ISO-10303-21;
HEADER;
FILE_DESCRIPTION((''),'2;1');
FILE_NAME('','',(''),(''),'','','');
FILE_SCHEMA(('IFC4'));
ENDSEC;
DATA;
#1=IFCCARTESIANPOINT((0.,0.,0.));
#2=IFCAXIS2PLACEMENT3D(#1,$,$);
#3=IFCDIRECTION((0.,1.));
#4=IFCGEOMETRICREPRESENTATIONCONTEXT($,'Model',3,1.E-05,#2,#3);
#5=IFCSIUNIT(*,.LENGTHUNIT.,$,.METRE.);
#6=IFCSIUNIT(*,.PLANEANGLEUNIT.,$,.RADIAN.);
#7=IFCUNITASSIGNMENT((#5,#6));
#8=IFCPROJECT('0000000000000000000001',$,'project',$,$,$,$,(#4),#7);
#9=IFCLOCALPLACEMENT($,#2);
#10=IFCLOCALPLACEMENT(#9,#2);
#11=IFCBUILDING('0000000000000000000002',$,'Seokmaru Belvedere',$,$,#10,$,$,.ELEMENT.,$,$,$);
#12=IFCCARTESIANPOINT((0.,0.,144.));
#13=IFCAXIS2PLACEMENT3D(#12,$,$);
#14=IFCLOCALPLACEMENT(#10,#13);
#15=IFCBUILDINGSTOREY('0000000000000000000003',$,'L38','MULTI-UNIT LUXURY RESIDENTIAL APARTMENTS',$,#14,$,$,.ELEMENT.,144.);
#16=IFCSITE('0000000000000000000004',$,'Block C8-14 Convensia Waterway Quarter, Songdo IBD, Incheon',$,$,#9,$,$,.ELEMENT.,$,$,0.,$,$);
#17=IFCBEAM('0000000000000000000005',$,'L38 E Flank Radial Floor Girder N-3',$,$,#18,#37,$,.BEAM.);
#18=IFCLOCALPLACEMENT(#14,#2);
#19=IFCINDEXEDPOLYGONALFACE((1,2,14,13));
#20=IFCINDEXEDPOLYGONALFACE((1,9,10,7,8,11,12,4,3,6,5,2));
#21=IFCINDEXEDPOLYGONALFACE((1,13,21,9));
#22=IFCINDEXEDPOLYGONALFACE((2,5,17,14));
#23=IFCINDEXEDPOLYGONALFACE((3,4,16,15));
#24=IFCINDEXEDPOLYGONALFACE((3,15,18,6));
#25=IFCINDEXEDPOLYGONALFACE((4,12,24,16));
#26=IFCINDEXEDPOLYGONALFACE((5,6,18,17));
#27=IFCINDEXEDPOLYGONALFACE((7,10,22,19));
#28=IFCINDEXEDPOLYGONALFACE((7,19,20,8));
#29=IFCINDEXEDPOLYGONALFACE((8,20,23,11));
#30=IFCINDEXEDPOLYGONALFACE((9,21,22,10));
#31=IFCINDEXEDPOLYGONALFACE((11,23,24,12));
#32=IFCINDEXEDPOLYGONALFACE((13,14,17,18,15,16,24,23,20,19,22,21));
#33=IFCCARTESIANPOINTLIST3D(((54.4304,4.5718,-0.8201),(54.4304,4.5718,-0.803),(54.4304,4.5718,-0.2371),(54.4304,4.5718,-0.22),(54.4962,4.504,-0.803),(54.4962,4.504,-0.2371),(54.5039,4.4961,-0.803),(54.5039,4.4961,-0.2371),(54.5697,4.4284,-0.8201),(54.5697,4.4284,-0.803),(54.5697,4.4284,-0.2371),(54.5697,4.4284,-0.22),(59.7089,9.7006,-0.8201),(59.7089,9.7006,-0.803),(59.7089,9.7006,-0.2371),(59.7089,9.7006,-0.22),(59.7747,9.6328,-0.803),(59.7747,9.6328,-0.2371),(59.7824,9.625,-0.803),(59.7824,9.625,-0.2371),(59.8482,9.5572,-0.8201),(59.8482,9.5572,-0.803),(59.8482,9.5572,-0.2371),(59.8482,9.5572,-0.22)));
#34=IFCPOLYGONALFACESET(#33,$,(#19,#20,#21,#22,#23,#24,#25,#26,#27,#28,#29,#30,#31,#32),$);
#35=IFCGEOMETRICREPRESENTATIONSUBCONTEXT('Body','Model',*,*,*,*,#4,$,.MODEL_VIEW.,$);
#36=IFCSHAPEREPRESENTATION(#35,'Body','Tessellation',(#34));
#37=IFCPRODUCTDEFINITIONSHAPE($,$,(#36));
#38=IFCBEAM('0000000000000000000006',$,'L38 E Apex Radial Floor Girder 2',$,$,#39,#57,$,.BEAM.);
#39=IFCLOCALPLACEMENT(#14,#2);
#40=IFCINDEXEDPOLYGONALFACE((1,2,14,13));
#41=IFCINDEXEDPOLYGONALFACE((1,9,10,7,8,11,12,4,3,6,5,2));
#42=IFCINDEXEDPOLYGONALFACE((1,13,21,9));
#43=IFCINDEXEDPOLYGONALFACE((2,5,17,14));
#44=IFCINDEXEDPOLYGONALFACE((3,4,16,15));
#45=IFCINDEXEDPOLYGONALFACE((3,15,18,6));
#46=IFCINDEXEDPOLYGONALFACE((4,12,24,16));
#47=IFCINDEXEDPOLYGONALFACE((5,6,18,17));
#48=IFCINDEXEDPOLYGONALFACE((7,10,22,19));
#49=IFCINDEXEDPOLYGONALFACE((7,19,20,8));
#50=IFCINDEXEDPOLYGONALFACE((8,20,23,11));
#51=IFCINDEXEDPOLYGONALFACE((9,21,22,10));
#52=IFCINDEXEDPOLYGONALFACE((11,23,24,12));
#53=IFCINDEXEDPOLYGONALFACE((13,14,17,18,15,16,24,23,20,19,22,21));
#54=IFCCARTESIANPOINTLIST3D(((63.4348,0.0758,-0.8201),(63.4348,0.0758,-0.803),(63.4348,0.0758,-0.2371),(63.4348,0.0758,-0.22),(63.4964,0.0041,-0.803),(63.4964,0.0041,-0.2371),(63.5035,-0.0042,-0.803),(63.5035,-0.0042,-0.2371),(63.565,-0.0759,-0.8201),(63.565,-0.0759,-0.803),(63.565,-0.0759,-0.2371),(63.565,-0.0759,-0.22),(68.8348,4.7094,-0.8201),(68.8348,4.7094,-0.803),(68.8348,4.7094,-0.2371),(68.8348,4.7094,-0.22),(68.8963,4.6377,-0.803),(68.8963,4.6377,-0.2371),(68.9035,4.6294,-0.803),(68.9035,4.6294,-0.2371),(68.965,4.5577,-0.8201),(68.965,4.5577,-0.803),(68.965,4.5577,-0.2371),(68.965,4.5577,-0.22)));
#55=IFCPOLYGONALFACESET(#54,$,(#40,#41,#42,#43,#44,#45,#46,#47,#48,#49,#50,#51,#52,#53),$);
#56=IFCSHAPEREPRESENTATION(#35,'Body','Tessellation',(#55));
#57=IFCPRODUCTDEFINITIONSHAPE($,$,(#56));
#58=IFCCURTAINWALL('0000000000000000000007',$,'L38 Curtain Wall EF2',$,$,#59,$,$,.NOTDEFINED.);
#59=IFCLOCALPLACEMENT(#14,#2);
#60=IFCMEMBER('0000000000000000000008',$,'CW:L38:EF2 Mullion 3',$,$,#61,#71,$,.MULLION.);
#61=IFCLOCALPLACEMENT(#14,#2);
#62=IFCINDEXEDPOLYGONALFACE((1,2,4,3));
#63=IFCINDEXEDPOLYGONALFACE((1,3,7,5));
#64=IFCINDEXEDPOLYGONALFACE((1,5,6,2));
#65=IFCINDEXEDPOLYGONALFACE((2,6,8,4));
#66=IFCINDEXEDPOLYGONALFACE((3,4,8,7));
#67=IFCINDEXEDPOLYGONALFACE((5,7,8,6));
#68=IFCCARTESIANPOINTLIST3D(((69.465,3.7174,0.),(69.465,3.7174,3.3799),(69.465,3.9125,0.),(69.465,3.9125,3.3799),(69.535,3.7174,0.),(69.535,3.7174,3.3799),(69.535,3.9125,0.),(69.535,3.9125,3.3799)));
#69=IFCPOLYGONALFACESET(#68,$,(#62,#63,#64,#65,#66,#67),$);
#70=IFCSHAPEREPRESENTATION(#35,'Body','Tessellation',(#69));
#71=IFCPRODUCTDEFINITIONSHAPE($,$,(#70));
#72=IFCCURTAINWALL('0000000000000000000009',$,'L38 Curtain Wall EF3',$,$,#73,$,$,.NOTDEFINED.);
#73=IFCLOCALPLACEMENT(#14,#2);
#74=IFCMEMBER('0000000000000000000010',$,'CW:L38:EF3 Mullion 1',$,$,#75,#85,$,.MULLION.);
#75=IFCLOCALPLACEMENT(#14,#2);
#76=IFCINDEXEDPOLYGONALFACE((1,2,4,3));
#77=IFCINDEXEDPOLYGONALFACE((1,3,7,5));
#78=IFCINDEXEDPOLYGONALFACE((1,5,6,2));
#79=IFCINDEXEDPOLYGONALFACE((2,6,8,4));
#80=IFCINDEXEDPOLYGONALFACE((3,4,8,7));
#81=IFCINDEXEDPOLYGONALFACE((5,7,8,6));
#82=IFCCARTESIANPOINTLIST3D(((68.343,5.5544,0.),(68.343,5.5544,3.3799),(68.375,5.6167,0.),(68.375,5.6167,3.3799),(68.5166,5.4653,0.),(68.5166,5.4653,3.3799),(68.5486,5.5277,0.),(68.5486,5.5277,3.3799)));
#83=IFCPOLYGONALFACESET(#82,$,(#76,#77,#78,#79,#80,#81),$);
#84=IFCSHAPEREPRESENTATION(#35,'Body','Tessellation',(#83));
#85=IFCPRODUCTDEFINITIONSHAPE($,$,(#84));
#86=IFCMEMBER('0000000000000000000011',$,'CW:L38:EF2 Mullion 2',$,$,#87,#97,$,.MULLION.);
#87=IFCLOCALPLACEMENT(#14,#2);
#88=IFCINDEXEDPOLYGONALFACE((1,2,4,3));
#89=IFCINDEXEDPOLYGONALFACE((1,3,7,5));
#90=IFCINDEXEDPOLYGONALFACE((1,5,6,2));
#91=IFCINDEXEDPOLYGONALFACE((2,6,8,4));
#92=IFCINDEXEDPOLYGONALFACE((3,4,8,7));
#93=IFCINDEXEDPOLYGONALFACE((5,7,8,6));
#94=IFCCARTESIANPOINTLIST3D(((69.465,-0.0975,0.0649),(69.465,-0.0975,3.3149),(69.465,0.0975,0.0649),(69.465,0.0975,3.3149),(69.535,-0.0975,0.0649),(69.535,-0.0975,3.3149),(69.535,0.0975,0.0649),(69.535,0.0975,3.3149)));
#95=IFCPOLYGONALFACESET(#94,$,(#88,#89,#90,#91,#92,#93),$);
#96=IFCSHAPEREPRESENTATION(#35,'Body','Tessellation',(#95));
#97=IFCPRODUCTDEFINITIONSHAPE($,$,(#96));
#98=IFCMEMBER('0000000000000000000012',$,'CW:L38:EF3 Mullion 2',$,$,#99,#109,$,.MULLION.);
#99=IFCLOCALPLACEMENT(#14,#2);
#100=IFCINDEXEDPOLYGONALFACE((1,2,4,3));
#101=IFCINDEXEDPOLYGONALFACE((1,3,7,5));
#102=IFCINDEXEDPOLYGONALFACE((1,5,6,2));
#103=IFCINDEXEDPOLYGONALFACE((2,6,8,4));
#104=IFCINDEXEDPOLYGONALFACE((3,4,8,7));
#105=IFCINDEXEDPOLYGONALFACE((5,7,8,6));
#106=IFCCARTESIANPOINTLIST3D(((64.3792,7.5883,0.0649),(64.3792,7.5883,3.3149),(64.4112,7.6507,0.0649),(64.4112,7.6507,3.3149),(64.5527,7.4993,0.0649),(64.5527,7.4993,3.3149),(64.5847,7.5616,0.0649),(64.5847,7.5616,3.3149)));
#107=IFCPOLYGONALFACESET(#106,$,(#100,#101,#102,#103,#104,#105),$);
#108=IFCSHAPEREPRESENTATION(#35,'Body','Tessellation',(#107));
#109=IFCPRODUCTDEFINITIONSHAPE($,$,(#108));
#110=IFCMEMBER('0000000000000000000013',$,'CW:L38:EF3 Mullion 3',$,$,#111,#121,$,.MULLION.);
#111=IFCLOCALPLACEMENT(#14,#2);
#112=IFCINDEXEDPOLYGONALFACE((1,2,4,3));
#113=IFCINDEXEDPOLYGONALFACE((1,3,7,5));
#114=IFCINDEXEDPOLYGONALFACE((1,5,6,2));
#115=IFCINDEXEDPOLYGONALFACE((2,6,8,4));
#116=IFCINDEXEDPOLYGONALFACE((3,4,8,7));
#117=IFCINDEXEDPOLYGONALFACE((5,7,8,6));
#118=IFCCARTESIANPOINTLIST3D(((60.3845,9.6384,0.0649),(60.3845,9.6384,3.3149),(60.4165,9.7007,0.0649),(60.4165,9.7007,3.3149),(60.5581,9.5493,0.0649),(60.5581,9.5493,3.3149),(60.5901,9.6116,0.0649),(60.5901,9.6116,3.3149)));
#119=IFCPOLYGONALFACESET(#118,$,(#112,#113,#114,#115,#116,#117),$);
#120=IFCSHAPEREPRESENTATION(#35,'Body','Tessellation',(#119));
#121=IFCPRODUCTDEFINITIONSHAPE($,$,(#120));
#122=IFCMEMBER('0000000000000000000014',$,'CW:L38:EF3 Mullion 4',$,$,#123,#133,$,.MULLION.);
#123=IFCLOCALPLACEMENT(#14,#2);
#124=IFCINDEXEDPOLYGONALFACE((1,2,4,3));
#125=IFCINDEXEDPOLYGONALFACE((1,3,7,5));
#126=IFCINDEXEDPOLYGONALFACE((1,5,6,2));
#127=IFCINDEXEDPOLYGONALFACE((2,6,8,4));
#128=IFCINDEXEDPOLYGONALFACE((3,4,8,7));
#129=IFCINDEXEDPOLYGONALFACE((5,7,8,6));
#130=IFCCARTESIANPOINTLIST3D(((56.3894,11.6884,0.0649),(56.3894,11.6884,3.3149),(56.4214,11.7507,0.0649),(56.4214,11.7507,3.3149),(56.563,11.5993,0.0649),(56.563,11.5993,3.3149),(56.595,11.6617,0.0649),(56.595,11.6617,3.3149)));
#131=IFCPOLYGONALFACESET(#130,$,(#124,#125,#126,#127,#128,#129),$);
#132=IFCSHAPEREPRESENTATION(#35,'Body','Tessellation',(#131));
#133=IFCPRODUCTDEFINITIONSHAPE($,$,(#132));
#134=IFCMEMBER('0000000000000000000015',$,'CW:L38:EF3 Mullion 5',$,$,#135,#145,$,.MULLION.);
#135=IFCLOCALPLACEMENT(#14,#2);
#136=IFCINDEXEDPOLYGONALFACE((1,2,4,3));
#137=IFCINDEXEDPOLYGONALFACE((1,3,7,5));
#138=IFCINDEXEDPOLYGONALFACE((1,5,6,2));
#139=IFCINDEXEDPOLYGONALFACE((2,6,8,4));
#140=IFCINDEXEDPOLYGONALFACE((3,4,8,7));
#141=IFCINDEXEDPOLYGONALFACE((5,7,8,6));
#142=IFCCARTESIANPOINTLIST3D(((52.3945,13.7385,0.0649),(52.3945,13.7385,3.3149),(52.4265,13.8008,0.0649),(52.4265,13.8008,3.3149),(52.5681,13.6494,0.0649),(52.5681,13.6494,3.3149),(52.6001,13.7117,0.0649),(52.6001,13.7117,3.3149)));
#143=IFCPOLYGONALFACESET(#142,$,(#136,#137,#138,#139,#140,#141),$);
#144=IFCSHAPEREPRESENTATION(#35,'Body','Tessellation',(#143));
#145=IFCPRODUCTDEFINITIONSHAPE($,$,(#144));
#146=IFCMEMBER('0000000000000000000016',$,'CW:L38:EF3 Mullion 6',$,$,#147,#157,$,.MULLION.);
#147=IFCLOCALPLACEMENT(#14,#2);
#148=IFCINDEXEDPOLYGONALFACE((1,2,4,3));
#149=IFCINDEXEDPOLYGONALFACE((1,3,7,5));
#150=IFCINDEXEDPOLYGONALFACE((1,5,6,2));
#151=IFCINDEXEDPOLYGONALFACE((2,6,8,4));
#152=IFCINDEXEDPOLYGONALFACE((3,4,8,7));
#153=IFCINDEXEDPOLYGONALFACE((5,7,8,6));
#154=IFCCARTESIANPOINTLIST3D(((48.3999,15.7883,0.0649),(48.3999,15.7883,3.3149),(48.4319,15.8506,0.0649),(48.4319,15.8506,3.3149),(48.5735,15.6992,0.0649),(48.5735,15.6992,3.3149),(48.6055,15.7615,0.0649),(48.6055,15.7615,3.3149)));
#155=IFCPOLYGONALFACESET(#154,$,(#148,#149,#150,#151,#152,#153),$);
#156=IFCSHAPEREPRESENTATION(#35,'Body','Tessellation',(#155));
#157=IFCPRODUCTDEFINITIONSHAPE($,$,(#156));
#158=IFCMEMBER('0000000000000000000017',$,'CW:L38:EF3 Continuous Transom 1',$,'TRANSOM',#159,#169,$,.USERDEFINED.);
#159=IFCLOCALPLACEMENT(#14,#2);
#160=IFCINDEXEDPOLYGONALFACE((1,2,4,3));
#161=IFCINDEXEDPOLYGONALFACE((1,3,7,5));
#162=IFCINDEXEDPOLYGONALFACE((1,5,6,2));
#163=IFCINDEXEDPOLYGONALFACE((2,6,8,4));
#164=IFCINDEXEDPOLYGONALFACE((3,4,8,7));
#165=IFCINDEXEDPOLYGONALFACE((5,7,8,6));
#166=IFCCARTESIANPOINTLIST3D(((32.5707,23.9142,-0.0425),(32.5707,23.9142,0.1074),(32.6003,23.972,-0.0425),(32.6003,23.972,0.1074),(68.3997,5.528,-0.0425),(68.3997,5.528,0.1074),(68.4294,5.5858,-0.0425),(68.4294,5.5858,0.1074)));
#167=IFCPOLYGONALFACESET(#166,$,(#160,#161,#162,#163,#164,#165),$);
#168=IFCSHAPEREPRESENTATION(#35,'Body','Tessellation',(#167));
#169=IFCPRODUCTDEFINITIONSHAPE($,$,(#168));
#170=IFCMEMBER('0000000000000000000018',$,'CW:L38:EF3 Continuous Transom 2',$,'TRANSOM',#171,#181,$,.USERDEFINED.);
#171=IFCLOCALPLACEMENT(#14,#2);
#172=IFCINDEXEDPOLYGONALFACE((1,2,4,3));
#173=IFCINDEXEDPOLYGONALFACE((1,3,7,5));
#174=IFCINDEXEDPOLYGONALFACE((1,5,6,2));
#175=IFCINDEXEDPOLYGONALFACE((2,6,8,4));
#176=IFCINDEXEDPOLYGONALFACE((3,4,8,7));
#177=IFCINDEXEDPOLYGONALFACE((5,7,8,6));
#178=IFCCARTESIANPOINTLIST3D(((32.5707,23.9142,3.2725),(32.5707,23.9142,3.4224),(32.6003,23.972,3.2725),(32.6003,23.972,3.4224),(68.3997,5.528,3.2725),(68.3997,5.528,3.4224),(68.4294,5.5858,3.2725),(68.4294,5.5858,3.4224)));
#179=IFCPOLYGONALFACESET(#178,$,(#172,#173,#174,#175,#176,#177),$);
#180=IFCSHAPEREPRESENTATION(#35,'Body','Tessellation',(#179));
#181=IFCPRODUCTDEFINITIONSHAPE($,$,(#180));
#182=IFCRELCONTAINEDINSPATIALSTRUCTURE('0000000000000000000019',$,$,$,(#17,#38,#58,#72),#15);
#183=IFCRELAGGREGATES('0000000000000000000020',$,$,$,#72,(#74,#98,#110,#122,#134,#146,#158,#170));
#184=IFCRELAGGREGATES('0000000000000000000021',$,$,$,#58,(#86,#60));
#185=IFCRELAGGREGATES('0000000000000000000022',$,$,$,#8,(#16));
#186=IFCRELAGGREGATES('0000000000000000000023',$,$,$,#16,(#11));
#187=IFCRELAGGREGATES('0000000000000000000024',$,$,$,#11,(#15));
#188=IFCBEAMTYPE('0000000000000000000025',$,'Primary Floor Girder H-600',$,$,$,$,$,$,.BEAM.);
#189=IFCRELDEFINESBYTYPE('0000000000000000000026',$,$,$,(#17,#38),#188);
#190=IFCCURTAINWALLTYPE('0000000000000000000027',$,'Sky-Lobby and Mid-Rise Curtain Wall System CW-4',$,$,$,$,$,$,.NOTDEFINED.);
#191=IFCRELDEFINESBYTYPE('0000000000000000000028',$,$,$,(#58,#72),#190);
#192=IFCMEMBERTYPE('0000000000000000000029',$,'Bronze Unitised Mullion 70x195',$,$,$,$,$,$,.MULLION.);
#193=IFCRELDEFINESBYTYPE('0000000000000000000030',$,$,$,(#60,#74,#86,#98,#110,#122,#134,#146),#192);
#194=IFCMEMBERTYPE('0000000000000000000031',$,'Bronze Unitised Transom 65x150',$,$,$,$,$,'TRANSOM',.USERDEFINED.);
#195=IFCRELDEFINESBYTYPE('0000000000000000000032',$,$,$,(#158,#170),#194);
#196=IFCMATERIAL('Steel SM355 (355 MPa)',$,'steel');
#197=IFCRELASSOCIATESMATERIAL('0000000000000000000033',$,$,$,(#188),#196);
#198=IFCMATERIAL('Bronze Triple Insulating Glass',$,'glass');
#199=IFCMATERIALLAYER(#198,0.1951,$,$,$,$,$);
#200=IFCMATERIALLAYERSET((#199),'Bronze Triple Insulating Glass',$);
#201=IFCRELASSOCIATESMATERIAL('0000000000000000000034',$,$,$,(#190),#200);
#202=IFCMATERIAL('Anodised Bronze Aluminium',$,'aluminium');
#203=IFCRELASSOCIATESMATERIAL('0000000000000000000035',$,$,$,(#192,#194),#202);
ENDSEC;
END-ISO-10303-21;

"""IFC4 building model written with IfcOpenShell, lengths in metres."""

from ifc_helpers import new_model, si_unit, direction, frame, origin, origin_2d, place, context, subcontext, project, spatial, rectangle, i_section, extrude, source, transform, mapped, material, layer, layer_set, material_profile, profile_set, type_object, type_shapes, element, aggregate, save


model = new_model("IFC4")

# Units and contexts
model_context = context("Model", 3, precision=1e-05, world=origin(), true_north=direction((0.0, 1.0)))
body_context = subcontext(model_context, "Body", "Model", "MODEL_VIEW")
ifc_project = project(units=[si_unit("LENGTHUNIT", "METRE"), si_unit("PLANEANGLEUNIT", "RADIAN")], contexts=[model_context])

# Site, building, storey
site_placement = place(None, origin())
site = spatial("IfcSite", under=ifc_project, at=site_placement, Name="Block C8-14 Convensia Waterway Quarter, Songdo IBD, Incheon", CompositionType="ELEMENT", RefElevation=0.0)
building_placement = place(site_placement, origin())
building = spatial("IfcBuilding", under=site, at=building_placement, Name="Seokmaru Belvedere", CompositionType="ELEMENT")
storey_placement = place(building_placement, frame((0.0, 0.0, 144.0)))
storey = spatial("IfcBuildingStorey", under=building, at=storey_placement, Name="L38", Description="MULTI-UNIT LUXURY RESIDENTIAL APARTMENTS", CompositionType="ELEMENT", Elevation=144.0)

# Shared definitions
ifc_material_1 = material(Name="Steel SM355 (355 MPa)", Category="steel")

# Beams
ifc_material_profile_1 = material_profile(ifc_material_1, i_section(OverallWidth=0.2, OverallDepth=0.6001, WebThickness=0.011, FlangeThickness=0.0171, at=origin_2d()), Name="H-600x200x11x17")
ifc_profile_set_1 = profile_set([ifc_material_profile_1], Name="Steel SM355 (355 MPa)")
beam_type_1 = type_object("IfcBeamType", Name="Primary Floor Girder H-600", PredefinedType="BEAM", material=ifc_profile_set_1)
shared_shape_1 = source(origin(), body_context, "Body", "SweptSolid", [
    extrude(i_section(OverallWidth=0.2, OverallDepth=0.6001, WebThickness=0.011, FlangeThickness=0.0171, at=origin_2d()), origin(), (0.0, 0.0, 1.0), 7.3599),
])
beam_1_placement = place(storey_placement, frame((59.7786, 9.6289, -0.52), z_axis=(-0.717201, -0.696867, 0.0), x_axis=(0.696867, -0.717201, 0.0)))
element("IfcBeam", 1, at=beam_1_placement, inside=storey, type_object=beam_type_1, Name="L38 E Flank Radial Floor Girder N-3", PredefinedType="BEAM", context=body_context, shape_type="MappedRepresentation", body=[
    mapped(shared_shape_1, transform((0.0, 0.0, 0.0), scale=1.0)),
])
shared_shape_2 = source(origin(), body_context, "Body", "SweptSolid", [
    extrude(i_section(OverallWidth=0.2, OverallDepth=0.6001, WebThickness=0.011, FlangeThickness=0.0171, at=origin_2d()), origin(), (0.0, 0.0, 1.0), 7.1155),
])
beam_2_placement = place(storey_placement, frame((68.8999, 4.6335, -0.52), z_axis=(-0.758905, -0.651201, 0.0), x_axis=(0.651201, -0.758905, 0.0)))
element("IfcBeam", 2, at=beam_2_placement, inside=storey, type_object=beam_type_1, Name="L38 E Apex Radial Floor Girder 2", PredefinedType="BEAM", context=body_context, shape_type="MappedRepresentation", body=[
    mapped(shared_shape_2, transform((0.0, 0.0, 0.0), scale=1.0)),
])

# Curtain walls, members
ifc_material_2 = material(Name="Bronze Triple Insulating Glass", Category="glass")
ifc_layer_1 = layer(ifc_material_2, 0.1951)
ifc_layer_set_1 = layer_set([ifc_layer_1], Name="Bronze Triple Insulating Glass")
curtain_wall_type = type_object("IfcCurtainWallType", Name="Sky-Lobby and Mid-Rise Curtain Wall System CW-4", PredefinedType="NOTDEFINED", material=ifc_layer_set_1)
curtain_wall_1_placement = place(storey_placement, origin())
curtain_wall_1 = element("IfcCurtainWall", 3, at=curtain_wall_1_placement, inside=storey, type_object=curtain_wall_type, Name="L38 Curtain Wall EF2", PredefinedType="NOTDEFINED")
ifc_material_3 = material(Name="Anodised Bronze Aluminium", Category="aluminium")
ifc_material_profile_2 = material_profile(ifc_material_3, rectangle(XDim=0.0701, YDim=0.1951, at=origin_2d()), Name="CW-M-70x195")
ifc_profile_set_2 = profile_set([ifc_material_profile_2], Name="Anodised Bronze Aluminium")
member_type_1 = type_object("IfcMemberType", Name="Bronze Unitised Mullion 70x195", PredefinedType="MULLION", material=ifc_profile_set_2)
shared_shape_3 = source(origin(), body_context, "Body", "SweptSolid", [
    extrude(rectangle(XDim=0.0701, YDim=0.1951, at=origin_2d()), origin(), (0.0, 0.0, 1.0), 3.3799),
])
member_1_placement = place(storey_placement, frame((69.5, 3.8149, 0.0), z_axis=(0.0, 0.0, 1.0), x_axis=(-1.0, 0.0, 0.0)))
member_1 = element("IfcMember", 4, at=member_1_placement, type_object=member_type_1, Name="CW:L38:EF2 Mullion 3", PredefinedType="MULLION", context=body_context, shape_type="MappedRepresentation", body=[
    mapped(shared_shape_3, transform((0.0, 0.0, 0.0), scale=1.0)),
])
curtain_wall_2_placement = place(storey_placement, origin())
curtain_wall_2 = element("IfcCurtainWall", 5, at=curtain_wall_2_placement, inside=storey, type_object=curtain_wall_type, Name="L38 Curtain Wall EF3", PredefinedType="NOTDEFINED")
member_2_placement = place(storey_placement, frame((68.4458, 5.541, 0.0), z_axis=(0.0, 0.0, 1.0), x_axis=(-0.456555, -0.889695, 0.0)))
member_2 = element("IfcMember", 6, at=member_2_placement, type_object=member_type_1, Name="CW:L38:EF3 Mullion 1", PredefinedType="MULLION", context=body_context, shape_type="MappedRepresentation", body=[
    mapped(shared_shape_3, transform((0.0, 0.0, 0.0), scale=1.0)),
])

# Members
shared_shape_4 = source(origin(), body_context, "Body", "SweptSolid", [
    extrude(rectangle(XDim=0.0701, YDim=0.1951, at=origin_2d()), origin(), (0.0, 0.0, 1.0), 3.25),
])
type_shapes(member_type_1, [shared_shape_3, shared_shape_4])
member_3_placement = place(storey_placement, frame((69.5, 0.0, 0.0649), z_axis=(0.0, 0.0, 1.0), x_axis=(-1.0, 0.0, 0.0)))
member_3 = element("IfcMember", 7, at=member_3_placement, type_object=member_type_1, Name="CW:L38:EF2 Mullion 2", PredefinedType="MULLION", context=body_context, shape_type="MappedRepresentation", body=[
    mapped(shared_shape_4, transform((0.0, 0.0, 0.0), scale=1.0)),
])
member_4_placement = place(storey_placement, frame((64.4819, 7.575, 0.0649), z_axis=(0.0, 0.0, 1.0), x_axis=(-0.456555, -0.889695, 0.0)))
member_4 = element("IfcMember", 8, at=member_4_placement, type_object=member_type_1, Name="CW:L38:EF3 Mullion 2", PredefinedType="MULLION", context=body_context, shape_type="MappedRepresentation", body=[
    mapped(shared_shape_4, transform((0.0, 0.0, 0.0), scale=1.0)),
])
member_5_placement = place(storey_placement, frame((60.4873, 9.625, 0.0649), z_axis=(0.0, 0.0, 1.0), x_axis=(-0.456555, -0.889695, 0.0)))
member_5 = element("IfcMember", 9, at=member_5_placement, type_object=member_type_1, Name="CW:L38:EF3 Mullion 3", PredefinedType="MULLION", context=body_context, shape_type="MappedRepresentation", body=[
    mapped(shared_shape_4, transform((0.0, 0.0, 0.0), scale=1.0)),
])
member_6_placement = place(storey_placement, frame((56.4922, 11.675, 0.0649), z_axis=(0.0, 0.0, 1.0), x_axis=(-0.456555, -0.889695, 0.0)))
member_6 = element("IfcMember", 10, at=member_6_placement, type_object=member_type_1, Name="CW:L38:EF3 Mullion 4", PredefinedType="MULLION", context=body_context, shape_type="MappedRepresentation", body=[
    mapped(shared_shape_4, transform((0.0, 0.0, 0.0), scale=1.0)),
])
member_7_placement = place(storey_placement, frame((52.4973, 13.7251, 0.0649), z_axis=(0.0, 0.0, 1.0), x_axis=(-0.456555, -0.889695, 0.0)))
member_7 = element("IfcMember", 11, at=member_7_placement, type_object=member_type_1, Name="CW:L38:EF3 Mullion 5", PredefinedType="MULLION", context=body_context, shape_type="MappedRepresentation", body=[
    mapped(shared_shape_4, transform((0.0, 0.0, 0.0), scale=1.0)),
])
member_8_placement = place(storey_placement, frame((48.5027, 15.7749, 0.0649), z_axis=(0.0, 0.0, 1.0), x_axis=(-0.456555, -0.889695, 0.0)))
member_8 = element("IfcMember", 12, at=member_8_placement, type_object=member_type_1, Name="CW:L38:EF3 Mullion 6", PredefinedType="MULLION", context=body_context, shape_type="MappedRepresentation", body=[
    mapped(shared_shape_4, transform((0.0, 0.0, 0.0), scale=1.0)),
])
ifc_material_profile_3 = material_profile(ifc_material_3, rectangle(XDim=0.0649, YDim=0.1499, at=origin_2d()), Name="CW-T-65x150")
ifc_profile_set_3 = profile_set([ifc_material_profile_3], Name="Anodised Bronze Aluminium")
member_type_2 = type_object("IfcMemberType", Name="Bronze Unitised Transom 65x150", ElementType="TRANSOM", PredefinedType="USERDEFINED", material=ifc_profile_set_3)
shared_shape_5 = source(origin(), body_context, "Body", "SweptSolid", [
    extrude(rectangle(XDim=0.0649, YDim=0.1499, at=origin_2d()), origin(), (0.0, 0.0, 1.0), 40.2712),
])
member_9_placement = place(storey_placement, frame((68.4146, 5.5569, 0.0325), z_axis=(-0.889693, 0.456559, 0.0), x_axis=(-0.456559, -0.889693, 0.0)))
member_9 = element("IfcMember", 13, at=member_9_placement, type_object=member_type_2, Name="CW:L38:EF3 Continuous Transom 1", ObjectType="TRANSOM", PredefinedType="USERDEFINED", context=body_context, shape_type="MappedRepresentation", body=[
    mapped(shared_shape_5, transform((0.0, 0.0, 0.0), scale=1.0)),
])
member_10_placement = place(storey_placement, frame((68.4146, 5.5569, 3.3474), z_axis=(-0.889693, 0.456559, 0.0), x_axis=(-0.456559, -0.889693, 0.0)))
member_10 = element("IfcMember", 14, at=member_10_placement, type_object=member_type_2, Name="CW:L38:EF3 Continuous Transom 2", ObjectType="TRANSOM", PredefinedType="USERDEFINED", context=body_context, shape_type="MappedRepresentation", body=[
    mapped(shared_shape_5, transform((0.0, 0.0, 0.0), scale=1.0)),
])

aggregate(curtain_wall_2, [member_2, member_4, member_5, member_6, member_7, member_8, member_9, member_10])
aggregate(curtain_wall_1, [member_3, member_1])

save(model, "model.ifc")
